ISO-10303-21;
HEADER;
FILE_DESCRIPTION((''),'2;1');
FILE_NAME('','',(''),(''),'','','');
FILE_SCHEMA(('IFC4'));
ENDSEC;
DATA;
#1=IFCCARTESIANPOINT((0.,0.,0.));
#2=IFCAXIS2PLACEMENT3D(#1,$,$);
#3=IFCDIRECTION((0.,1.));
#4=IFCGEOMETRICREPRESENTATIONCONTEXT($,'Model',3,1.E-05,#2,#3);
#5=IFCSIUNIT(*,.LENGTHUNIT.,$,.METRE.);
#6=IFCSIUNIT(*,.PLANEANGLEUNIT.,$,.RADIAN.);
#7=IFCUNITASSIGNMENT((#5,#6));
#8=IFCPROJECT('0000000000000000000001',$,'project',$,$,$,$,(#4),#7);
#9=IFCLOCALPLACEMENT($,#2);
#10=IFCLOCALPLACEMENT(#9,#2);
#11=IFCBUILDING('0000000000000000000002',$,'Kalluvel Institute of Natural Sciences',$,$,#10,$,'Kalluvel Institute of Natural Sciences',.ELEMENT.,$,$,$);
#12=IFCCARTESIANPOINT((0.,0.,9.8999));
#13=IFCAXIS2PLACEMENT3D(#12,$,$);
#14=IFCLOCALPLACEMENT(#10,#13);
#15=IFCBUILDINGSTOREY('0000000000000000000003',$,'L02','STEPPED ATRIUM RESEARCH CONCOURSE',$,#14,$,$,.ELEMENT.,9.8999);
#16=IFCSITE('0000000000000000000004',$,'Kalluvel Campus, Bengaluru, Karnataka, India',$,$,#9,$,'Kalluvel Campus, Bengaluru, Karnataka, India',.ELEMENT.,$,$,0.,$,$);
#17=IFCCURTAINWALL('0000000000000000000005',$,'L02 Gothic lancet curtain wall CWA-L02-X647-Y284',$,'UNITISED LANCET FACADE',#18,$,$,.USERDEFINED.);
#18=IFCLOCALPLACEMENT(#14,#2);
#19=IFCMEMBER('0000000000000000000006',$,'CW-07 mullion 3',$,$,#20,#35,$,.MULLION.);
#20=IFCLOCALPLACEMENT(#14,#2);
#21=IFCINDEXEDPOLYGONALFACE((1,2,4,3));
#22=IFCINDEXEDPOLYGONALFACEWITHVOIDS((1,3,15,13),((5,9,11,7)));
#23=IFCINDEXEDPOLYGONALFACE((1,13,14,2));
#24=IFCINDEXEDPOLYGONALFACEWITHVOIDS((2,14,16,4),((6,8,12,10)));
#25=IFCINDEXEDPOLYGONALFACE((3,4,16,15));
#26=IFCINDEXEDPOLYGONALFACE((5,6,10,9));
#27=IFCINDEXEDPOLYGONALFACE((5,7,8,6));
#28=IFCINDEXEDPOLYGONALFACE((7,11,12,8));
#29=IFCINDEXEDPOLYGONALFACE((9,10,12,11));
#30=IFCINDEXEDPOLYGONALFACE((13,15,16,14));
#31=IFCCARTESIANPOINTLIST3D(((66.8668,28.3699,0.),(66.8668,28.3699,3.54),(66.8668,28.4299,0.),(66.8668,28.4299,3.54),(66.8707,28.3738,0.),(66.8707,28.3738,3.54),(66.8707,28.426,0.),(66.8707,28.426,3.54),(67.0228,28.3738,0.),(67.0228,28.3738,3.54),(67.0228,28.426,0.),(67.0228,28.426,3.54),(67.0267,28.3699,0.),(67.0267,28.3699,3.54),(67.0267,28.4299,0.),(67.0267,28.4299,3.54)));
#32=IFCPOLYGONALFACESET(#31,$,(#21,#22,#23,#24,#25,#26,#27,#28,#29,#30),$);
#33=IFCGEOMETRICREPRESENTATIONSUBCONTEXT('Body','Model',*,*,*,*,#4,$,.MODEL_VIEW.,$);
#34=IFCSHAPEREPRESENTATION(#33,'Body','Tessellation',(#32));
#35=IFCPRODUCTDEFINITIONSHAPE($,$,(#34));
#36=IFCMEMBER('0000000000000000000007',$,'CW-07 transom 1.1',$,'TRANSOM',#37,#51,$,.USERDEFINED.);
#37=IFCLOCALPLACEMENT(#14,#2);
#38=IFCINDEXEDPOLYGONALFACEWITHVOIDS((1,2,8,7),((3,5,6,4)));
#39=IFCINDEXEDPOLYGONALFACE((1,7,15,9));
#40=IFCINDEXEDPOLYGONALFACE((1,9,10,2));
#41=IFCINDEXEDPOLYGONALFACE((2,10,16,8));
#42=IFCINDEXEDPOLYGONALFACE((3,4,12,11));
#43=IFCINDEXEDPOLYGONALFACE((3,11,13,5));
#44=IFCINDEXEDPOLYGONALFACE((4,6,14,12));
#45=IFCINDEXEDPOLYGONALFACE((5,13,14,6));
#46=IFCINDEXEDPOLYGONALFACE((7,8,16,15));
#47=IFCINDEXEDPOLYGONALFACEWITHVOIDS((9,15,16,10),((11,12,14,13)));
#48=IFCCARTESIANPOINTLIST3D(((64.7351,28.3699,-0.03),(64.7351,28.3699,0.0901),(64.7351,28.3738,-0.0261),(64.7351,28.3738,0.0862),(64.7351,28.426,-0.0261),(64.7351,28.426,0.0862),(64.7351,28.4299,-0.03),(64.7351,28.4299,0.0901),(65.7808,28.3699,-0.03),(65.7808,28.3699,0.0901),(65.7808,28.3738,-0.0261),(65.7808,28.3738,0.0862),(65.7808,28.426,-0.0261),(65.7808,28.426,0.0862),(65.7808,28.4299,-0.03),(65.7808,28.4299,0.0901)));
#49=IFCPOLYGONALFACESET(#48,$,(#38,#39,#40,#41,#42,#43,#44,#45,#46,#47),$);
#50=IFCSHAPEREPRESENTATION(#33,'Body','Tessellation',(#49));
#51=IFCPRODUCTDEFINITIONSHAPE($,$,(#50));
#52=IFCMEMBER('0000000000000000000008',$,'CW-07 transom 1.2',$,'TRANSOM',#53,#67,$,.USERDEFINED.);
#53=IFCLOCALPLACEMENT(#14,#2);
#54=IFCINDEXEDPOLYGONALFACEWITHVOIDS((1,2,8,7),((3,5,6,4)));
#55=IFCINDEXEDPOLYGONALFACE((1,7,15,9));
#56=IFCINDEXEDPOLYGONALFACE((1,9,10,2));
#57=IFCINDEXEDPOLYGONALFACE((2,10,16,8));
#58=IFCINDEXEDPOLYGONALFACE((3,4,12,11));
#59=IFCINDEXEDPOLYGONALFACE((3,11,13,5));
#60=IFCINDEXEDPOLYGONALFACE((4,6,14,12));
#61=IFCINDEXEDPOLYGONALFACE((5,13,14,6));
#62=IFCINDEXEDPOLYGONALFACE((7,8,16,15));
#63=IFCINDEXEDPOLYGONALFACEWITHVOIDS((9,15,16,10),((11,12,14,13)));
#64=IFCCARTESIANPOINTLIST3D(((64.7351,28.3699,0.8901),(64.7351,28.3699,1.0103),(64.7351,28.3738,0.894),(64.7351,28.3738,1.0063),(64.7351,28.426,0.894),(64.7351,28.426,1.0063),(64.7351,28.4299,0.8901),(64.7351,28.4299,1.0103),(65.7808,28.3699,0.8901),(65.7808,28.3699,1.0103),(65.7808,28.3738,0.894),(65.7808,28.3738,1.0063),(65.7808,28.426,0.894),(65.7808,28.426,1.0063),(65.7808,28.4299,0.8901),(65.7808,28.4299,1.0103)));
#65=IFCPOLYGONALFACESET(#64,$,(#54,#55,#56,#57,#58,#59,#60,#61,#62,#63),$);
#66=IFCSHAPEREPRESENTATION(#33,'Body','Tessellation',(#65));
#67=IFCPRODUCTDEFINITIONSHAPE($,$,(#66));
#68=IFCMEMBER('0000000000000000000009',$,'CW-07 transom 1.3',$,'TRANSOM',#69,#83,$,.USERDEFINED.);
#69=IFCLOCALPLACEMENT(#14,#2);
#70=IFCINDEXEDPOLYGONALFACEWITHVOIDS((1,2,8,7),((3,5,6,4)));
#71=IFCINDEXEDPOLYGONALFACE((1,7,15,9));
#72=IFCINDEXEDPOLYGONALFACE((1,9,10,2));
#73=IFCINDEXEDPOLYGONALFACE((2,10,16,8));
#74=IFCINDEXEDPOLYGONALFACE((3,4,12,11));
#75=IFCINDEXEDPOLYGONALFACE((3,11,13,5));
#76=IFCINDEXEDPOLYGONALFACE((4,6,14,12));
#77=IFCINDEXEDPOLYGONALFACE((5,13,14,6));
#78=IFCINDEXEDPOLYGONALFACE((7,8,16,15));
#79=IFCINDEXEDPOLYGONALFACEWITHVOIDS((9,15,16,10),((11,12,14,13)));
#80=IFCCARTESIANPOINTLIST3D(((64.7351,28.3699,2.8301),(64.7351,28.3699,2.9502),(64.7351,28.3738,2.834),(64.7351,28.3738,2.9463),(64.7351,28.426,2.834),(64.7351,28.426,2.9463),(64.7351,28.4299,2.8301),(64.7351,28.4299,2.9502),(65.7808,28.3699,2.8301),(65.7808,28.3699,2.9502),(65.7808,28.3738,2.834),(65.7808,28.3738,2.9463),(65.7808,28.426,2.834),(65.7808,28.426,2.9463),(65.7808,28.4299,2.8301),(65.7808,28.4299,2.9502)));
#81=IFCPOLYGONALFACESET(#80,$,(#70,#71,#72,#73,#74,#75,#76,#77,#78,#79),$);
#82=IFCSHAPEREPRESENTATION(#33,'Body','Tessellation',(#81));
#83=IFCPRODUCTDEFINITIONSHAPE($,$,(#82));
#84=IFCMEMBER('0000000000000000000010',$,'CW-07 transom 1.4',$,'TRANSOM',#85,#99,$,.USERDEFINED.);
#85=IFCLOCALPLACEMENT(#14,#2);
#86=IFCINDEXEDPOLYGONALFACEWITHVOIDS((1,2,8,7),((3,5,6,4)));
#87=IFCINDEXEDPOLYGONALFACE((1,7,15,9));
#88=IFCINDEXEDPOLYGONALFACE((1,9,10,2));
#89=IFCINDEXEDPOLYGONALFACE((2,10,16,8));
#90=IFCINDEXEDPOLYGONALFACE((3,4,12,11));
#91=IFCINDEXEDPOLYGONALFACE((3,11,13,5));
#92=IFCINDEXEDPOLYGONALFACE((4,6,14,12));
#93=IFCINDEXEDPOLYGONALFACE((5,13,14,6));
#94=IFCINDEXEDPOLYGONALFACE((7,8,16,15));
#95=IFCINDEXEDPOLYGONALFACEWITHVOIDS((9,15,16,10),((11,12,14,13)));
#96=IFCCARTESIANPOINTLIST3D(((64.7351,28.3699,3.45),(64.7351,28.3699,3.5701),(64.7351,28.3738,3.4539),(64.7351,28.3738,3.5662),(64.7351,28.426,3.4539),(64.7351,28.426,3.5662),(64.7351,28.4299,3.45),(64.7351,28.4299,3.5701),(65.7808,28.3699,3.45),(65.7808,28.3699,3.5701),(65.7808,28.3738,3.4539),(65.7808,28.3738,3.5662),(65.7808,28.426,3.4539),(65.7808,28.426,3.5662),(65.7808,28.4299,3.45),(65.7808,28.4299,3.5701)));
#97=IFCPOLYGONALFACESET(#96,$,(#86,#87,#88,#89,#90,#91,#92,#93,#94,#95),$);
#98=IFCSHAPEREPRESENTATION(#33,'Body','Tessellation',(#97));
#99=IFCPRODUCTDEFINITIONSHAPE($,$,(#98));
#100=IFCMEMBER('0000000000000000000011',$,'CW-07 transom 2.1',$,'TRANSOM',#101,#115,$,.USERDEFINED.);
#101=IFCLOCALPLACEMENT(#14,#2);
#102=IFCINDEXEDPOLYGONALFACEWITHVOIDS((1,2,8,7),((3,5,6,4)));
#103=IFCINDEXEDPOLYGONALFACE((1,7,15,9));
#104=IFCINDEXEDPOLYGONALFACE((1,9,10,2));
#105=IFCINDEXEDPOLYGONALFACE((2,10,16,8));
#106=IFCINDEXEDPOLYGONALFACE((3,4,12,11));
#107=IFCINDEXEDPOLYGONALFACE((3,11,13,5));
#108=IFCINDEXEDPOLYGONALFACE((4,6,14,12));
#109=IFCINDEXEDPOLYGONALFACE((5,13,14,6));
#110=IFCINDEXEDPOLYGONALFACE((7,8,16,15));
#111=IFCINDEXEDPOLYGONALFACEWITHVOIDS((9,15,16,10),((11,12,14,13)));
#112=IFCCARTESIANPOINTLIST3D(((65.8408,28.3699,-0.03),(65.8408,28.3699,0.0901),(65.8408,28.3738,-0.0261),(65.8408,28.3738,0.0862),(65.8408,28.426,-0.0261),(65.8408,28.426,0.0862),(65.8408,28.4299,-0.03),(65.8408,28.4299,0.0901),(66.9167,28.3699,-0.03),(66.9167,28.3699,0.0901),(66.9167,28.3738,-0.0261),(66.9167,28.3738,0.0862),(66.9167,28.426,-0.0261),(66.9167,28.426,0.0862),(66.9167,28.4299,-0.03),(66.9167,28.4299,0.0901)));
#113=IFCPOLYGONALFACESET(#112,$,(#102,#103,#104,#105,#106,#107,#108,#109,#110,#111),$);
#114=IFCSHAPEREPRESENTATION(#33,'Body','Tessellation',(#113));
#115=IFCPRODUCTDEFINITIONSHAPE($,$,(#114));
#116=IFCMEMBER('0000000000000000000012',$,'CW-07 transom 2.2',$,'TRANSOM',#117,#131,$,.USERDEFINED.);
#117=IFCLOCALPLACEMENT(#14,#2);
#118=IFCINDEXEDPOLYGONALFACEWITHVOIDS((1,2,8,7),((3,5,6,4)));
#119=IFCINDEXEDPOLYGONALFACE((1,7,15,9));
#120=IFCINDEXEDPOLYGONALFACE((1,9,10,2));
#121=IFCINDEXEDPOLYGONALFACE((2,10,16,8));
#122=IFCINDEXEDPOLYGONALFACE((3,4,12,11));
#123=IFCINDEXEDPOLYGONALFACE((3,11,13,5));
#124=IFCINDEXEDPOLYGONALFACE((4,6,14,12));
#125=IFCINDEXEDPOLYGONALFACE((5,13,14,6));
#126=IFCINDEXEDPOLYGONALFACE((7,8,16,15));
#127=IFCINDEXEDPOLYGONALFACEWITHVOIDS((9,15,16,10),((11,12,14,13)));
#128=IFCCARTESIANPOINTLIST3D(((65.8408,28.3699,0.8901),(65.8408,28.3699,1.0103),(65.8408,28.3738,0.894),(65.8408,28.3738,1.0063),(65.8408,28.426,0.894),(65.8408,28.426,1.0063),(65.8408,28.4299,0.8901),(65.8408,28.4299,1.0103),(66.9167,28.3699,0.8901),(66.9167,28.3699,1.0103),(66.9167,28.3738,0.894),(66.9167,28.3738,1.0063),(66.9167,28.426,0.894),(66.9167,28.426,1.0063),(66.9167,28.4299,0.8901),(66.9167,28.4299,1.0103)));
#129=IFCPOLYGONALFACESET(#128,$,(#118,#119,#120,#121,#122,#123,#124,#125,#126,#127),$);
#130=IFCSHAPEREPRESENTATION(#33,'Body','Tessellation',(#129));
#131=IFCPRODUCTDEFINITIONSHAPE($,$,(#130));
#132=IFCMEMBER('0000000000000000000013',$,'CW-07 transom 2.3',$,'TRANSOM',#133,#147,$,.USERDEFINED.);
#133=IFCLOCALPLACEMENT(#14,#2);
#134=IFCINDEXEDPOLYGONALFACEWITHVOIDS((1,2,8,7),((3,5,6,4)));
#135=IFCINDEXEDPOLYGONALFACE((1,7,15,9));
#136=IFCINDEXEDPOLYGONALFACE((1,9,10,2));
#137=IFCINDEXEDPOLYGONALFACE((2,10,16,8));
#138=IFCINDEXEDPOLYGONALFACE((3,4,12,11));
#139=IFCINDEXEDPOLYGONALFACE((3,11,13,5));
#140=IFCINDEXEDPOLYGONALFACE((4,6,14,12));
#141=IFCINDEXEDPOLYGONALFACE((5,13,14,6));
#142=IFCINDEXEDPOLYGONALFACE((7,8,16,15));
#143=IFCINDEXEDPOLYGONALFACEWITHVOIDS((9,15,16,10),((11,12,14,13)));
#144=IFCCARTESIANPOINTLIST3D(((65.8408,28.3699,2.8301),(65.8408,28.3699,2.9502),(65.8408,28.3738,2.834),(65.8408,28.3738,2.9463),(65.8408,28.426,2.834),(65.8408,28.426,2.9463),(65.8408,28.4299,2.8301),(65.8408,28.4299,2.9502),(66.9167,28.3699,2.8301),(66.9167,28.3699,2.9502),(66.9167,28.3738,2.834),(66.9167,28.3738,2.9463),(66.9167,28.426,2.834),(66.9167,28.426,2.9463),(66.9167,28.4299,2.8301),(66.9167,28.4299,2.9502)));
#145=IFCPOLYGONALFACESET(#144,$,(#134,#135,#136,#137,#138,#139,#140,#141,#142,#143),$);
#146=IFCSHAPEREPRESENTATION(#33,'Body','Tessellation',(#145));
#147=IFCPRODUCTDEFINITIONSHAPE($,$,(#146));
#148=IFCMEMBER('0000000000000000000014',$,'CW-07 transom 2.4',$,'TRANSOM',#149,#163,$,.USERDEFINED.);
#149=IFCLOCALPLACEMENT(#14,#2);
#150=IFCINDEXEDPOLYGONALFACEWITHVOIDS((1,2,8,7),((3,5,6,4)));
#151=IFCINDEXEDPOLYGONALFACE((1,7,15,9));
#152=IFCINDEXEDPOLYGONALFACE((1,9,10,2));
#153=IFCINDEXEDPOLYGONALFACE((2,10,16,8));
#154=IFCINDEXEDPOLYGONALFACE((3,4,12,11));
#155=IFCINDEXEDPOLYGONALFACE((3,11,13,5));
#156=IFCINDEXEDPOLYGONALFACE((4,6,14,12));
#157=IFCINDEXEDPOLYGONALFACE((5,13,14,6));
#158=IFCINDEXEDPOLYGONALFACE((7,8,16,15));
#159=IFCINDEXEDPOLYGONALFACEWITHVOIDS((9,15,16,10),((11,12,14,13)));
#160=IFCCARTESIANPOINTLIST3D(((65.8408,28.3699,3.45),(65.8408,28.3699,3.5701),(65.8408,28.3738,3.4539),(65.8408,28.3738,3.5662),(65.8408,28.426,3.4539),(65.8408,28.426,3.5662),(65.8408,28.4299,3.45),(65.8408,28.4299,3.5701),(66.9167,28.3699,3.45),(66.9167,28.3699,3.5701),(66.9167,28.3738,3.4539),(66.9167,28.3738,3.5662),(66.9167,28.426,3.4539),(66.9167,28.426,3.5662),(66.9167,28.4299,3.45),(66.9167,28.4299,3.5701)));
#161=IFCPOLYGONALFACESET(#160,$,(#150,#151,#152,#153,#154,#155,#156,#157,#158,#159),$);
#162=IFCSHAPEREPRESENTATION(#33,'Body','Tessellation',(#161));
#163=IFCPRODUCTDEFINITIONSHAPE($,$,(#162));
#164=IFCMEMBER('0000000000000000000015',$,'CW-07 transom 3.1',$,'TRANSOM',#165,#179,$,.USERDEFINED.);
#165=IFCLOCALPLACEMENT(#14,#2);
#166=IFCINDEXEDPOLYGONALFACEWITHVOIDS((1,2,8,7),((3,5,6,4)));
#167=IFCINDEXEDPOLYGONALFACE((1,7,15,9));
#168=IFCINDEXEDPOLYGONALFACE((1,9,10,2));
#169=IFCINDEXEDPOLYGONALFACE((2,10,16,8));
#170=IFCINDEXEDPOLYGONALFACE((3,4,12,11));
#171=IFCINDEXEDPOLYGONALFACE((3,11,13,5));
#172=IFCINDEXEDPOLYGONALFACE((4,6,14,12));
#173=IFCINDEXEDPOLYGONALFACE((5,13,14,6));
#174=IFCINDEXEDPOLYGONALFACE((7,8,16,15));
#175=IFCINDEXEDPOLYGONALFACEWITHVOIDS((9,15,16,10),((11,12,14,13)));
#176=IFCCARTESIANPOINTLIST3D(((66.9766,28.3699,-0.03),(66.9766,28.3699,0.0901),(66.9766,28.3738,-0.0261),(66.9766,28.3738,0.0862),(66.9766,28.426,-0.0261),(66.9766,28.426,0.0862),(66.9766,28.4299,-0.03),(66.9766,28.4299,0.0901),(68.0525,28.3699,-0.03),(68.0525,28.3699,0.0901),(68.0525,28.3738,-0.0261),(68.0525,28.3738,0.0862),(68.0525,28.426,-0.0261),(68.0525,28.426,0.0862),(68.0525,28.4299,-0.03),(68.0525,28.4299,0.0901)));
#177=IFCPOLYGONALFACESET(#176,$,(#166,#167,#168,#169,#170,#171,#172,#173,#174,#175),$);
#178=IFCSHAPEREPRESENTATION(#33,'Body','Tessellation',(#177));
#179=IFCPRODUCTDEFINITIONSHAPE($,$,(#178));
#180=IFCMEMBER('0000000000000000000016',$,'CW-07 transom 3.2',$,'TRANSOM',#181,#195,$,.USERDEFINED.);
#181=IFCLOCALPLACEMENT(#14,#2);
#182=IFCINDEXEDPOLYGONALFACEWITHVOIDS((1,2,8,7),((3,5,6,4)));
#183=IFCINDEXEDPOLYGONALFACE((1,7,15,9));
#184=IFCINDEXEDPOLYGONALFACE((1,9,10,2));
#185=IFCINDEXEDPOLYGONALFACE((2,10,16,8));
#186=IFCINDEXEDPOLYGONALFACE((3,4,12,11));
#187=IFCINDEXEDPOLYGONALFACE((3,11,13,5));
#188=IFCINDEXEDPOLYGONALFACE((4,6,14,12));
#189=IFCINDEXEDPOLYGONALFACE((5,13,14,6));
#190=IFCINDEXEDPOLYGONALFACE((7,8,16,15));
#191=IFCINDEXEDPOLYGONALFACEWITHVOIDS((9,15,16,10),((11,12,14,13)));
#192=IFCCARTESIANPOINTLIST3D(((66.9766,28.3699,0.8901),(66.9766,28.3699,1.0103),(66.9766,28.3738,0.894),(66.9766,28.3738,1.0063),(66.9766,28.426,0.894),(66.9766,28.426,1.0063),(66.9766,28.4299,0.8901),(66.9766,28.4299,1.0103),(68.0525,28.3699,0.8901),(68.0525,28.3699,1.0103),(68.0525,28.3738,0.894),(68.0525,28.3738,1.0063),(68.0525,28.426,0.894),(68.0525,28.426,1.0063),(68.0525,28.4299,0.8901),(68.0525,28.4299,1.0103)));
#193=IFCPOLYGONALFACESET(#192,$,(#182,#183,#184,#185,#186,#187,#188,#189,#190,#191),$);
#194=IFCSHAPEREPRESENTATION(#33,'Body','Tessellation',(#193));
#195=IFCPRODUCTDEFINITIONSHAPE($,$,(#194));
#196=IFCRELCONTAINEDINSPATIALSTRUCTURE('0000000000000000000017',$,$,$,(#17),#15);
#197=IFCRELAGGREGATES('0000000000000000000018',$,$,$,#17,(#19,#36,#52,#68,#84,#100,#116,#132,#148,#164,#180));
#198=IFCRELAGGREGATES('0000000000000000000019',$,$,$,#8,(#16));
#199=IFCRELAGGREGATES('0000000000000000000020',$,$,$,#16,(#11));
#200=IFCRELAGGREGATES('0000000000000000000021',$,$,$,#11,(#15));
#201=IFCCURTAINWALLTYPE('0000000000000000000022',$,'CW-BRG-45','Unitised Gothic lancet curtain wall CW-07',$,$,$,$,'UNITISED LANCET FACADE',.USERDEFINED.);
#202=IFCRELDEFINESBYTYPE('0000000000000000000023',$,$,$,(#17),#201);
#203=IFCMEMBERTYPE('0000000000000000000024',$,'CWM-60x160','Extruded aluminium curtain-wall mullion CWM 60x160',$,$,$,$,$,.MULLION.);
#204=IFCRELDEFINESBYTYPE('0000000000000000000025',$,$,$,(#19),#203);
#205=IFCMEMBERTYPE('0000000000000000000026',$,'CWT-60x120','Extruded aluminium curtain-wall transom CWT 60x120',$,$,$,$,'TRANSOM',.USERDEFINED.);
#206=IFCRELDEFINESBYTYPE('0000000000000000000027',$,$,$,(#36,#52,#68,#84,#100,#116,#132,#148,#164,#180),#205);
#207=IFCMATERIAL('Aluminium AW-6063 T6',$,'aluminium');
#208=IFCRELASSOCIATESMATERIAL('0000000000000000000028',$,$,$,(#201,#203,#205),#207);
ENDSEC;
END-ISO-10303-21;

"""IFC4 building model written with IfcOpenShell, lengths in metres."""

from ifc_helpers import new_model, si_unit, direction, frame, origin, origin_2d, place, context, subcontext, project, spatial, hollow_rectangle, extrude, material, material_profile, profile_set, type_object, element, aggregate, save


model = new_model("IFC4")

# Units and contexts
model_context = context("Model", 3, precision=1e-05, world=origin(), true_north=direction((0.0, 1.0)))
body_context = subcontext(model_context, "Body", "Model", "MODEL_VIEW")
ifc_project = project(units=[si_unit("LENGTHUNIT", "METRE"), si_unit("PLANEANGLEUNIT", "RADIAN")], contexts=[model_context])

# Site, building, storey
site_placement = place(None, origin())
site = spatial("IfcSite", under=ifc_project, at=site_placement, Name="Kalluvel Campus, Bengaluru, Karnataka, India", LongName="Kalluvel Campus, Bengaluru, Karnataka, India", CompositionType="ELEMENT", RefElevation=0.0)
building_placement = place(site_placement, origin())
building = spatial("IfcBuilding", under=site, at=building_placement, Name="Kalluvel Institute of Natural Sciences", LongName="Kalluvel Institute of Natural Sciences", CompositionType="ELEMENT")
storey_placement = place(building_placement, frame((0.0, 0.0, 9.8999)))
storey = spatial("IfcBuildingStorey", under=building, at=storey_placement, Name="L02", Description="STEPPED ATRIUM RESEARCH CONCOURSE", CompositionType="ELEMENT", Elevation=9.8999)

# Curtain wall, members
ifc_material_1 = material(Name="Aluminium AW-6063 T6", Category="aluminium")
curtain_wall_type = type_object("IfcCurtainWallType", Name="CW-BRG-45", Description="Unitised Gothic lancet curtain wall CW-07", ElementType="UNITISED LANCET FACADE", PredefinedType="USERDEFINED", material=ifc_material_1)
curtain_wall_placement = place(storey_placement, origin())
curtain_wall = element("IfcCurtainWall", 1, at=curtain_wall_placement, inside=storey, type_object=curtain_wall_type, Name="L02 Gothic lancet curtain wall CWA-L02-X647-Y284", ObjectType="UNITISED LANCET FACADE", PredefinedType="USERDEFINED")
ifc_material_profile_1 = material_profile(ifc_material_1, hollow_rectangle(XDim=0.0601, YDim=0.1599, WallThickness=0.0039, at=origin_2d()), Name="CWM 60x160")
ifc_profile_set_1 = profile_set([ifc_material_profile_1], Name="Aluminium AW-6063 T6")
member_type_1 = type_object("IfcMemberType", Name="CWM-60x160", Description="Extruded aluminium curtain-wall mullion CWM 60x160", PredefinedType="MULLION", material=ifc_profile_set_1)
member_1_placement = place(storey_placement, frame((66.9468, 28.3999, 0.0), z_axis=(0.0, 0.0, 1.0), x_axis=(0.0, 1.0, 0.0)))
member_1 = element("IfcMember", 2, at=member_1_placement, type_object=member_type_1, Name="CW-07 mullion 3", PredefinedType="MULLION", context=body_context, shape_type="SweptSolid", body=[
    extrude(hollow_rectangle(XDim=0.0601, YDim=0.1599, WallThickness=0.0039, at=origin_2d()), origin(), (0.0, 0.0, 1.0), 3.54),
])
ifc_material_profile_2 = material_profile(ifc_material_1, hollow_rectangle(XDim=0.0601, YDim=0.1201, WallThickness=0.0039, at=origin_2d()), Name="CWT 60x120")
ifc_profile_set_2 = profile_set([ifc_material_profile_2], Name="Aluminium AW-6063 T6")
member_type_2 = type_object("IfcMemberType", Name="CWT-60x120", Description="Extruded aluminium curtain-wall transom CWT 60x120", ElementType="TRANSOM", PredefinedType="USERDEFINED", material=ifc_profile_set_2)
member_2_placement = place(storey_placement, frame((64.7351, 28.3999, 0.03), z_axis=(1.0, 0.0, 0.0), x_axis=(0.0, 1.0, 0.0)))
member_2 = element("IfcMember", 3, at=member_2_placement, type_object=member_type_2, Name="CW-07 transom 1.1", ObjectType="TRANSOM", PredefinedType="USERDEFINED", context=body_context, shape_type="SweptSolid", body=[
    extrude(hollow_rectangle(XDim=0.0601, YDim=0.1201, WallThickness=0.0039, at=origin_2d()), origin(), (0.0, 0.0, 1.0), 1.0457),
])
member_3_placement = place(storey_placement, frame((64.7351, 28.3999, 0.9502), z_axis=(1.0, 0.0, 0.0), x_axis=(0.0, 1.0, 0.0)))
member_3 = element("IfcMember", 4, at=member_3_placement, type_object=member_type_2, Name="CW-07 transom 1.2", ObjectType="TRANSOM", PredefinedType="USERDEFINED", context=body_context, shape_type="SweptSolid", body=[
    extrude(hollow_rectangle(XDim=0.0601, YDim=0.1201, WallThickness=0.0039, at=origin_2d()), origin(), (0.0, 0.0, 1.0), 1.0457),
])
member_4_placement = place(storey_placement, frame((64.7351, 28.3999, 2.8901), z_axis=(1.0, 0.0, 0.0), x_axis=(0.0, 1.0, 0.0)))
member_4 = element("IfcMember", 5, at=member_4_placement, type_object=member_type_2, Name="CW-07 transom 1.3", ObjectType="TRANSOM", PredefinedType="USERDEFINED", context=body_context, shape_type="SweptSolid", body=[
    extrude(hollow_rectangle(XDim=0.0601, YDim=0.1201, WallThickness=0.0039, at=origin_2d()), origin(), (0.0, 0.0, 1.0), 1.0457),
])
member_5_placement = place(storey_placement, frame((64.7351, 28.3999, 3.51), z_axis=(1.0, 0.0, 0.0), x_axis=(0.0, 1.0, 0.0)))
member_5 = element("IfcMember", 6, at=member_5_placement, type_object=member_type_2, Name="CW-07 transom 1.4", ObjectType="TRANSOM", PredefinedType="USERDEFINED", context=body_context, shape_type="SweptSolid", body=[
    extrude(hollow_rectangle(XDim=0.0601, YDim=0.1201, WallThickness=0.0039, at=origin_2d()), origin(), (0.0, 0.0, 1.0), 1.0457),
])
member_6_placement = place(storey_placement, frame((65.8408, 28.3999, 0.03), z_axis=(1.0, 0.0, 0.0), x_axis=(0.0, 1.0, 0.0)))
member_6 = element("IfcMember", 7, at=member_6_placement, type_object=member_type_2, Name="CW-07 transom 2.1", ObjectType="TRANSOM", PredefinedType="USERDEFINED", context=body_context, shape_type="SweptSolid", body=[
    extrude(hollow_rectangle(XDim=0.0601, YDim=0.1201, WallThickness=0.0039, at=origin_2d()), origin(), (0.0, 0.0, 1.0), 1.0759),
])
member_7_placement = place(storey_placement, frame((65.8408, 28.3999, 0.9502), z_axis=(1.0, 0.0, 0.0), x_axis=(0.0, 1.0, 0.0)))
member_7 = element("IfcMember", 8, at=member_7_placement, type_object=member_type_2, Name="CW-07 transom 2.2", ObjectType="TRANSOM", PredefinedType="USERDEFINED", context=body_context, shape_type="SweptSolid", body=[
    extrude(hollow_rectangle(XDim=0.0601, YDim=0.1201, WallThickness=0.0039, at=origin_2d()), origin(), (0.0, 0.0, 1.0), 1.0759),
])
member_8_placement = place(storey_placement, frame((65.8408, 28.3999, 2.8901), z_axis=(1.0, 0.0, 0.0), x_axis=(0.0, 1.0, 0.0)))
member_8 = element("IfcMember", 9, at=member_8_placement, type_object=member_type_2, Name="CW-07 transom 2.3", ObjectType="TRANSOM", PredefinedType="USERDEFINED", context=body_context, shape_type="SweptSolid", body=[
    extrude(hollow_rectangle(XDim=0.0601, YDim=0.1201, WallThickness=0.0039, at=origin_2d()), origin(), (0.0, 0.0, 1.0), 1.0759),
])
member_9_placement = place(storey_placement, frame((65.8408, 28.3999, 3.51), z_axis=(1.0, 0.0, 0.0), x_axis=(0.0, 1.0, 0.0)))
member_9 = element("IfcMember", 10, at=member_9_placement, type_object=member_type_2, Name="CW-07 transom 2.4", ObjectType="TRANSOM", PredefinedType="USERDEFINED", context=body_context, shape_type="SweptSolid", body=[
    extrude(hollow_rectangle(XDim=0.0601, YDim=0.1201, WallThickness=0.0039, at=origin_2d()), origin(), (0.0, 0.0, 1.0), 1.0759),
])
member_10_placement = place(storey_placement, frame((66.9766, 28.3999, 0.03), z_axis=(1.0, 0.0, 0.0), x_axis=(0.0, 1.0, 0.0)))
member_10 = element("IfcMember", 11, at=member_10_placement, type_object=member_type_2, Name="CW-07 transom 3.1", ObjectType="TRANSOM", PredefinedType="USERDEFINED", context=body_context, shape_type="SweptSolid", body=[
    extrude(hollow_rectangle(XDim=0.0601, YDim=0.1201, WallThickness=0.0039, at=origin_2d()), origin(), (0.0, 0.0, 1.0), 1.0759),
])
member_11_placement = place(storey_placement, frame((66.9766, 28.3999, 0.9502), z_axis=(1.0, 0.0, 0.0), x_axis=(0.0, 1.0, 0.0)))
member_11 = element("IfcMember", 12, at=member_11_placement, type_object=member_type_2, Name="CW-07 transom 3.2", ObjectType="TRANSOM", PredefinedType="USERDEFINED", context=body_context, shape_type="SweptSolid", body=[
    extrude(hollow_rectangle(XDim=0.0601, YDim=0.1201, WallThickness=0.0039, at=origin_2d()), origin(), (0.0, 0.0, 1.0), 1.0759),
])

aggregate(curtain_wall, [member_1, member_2, member_3, member_4, member_5, member_6, member_7, member_8, member_9, member_10, member_11])

save(model, "model.ifc")
